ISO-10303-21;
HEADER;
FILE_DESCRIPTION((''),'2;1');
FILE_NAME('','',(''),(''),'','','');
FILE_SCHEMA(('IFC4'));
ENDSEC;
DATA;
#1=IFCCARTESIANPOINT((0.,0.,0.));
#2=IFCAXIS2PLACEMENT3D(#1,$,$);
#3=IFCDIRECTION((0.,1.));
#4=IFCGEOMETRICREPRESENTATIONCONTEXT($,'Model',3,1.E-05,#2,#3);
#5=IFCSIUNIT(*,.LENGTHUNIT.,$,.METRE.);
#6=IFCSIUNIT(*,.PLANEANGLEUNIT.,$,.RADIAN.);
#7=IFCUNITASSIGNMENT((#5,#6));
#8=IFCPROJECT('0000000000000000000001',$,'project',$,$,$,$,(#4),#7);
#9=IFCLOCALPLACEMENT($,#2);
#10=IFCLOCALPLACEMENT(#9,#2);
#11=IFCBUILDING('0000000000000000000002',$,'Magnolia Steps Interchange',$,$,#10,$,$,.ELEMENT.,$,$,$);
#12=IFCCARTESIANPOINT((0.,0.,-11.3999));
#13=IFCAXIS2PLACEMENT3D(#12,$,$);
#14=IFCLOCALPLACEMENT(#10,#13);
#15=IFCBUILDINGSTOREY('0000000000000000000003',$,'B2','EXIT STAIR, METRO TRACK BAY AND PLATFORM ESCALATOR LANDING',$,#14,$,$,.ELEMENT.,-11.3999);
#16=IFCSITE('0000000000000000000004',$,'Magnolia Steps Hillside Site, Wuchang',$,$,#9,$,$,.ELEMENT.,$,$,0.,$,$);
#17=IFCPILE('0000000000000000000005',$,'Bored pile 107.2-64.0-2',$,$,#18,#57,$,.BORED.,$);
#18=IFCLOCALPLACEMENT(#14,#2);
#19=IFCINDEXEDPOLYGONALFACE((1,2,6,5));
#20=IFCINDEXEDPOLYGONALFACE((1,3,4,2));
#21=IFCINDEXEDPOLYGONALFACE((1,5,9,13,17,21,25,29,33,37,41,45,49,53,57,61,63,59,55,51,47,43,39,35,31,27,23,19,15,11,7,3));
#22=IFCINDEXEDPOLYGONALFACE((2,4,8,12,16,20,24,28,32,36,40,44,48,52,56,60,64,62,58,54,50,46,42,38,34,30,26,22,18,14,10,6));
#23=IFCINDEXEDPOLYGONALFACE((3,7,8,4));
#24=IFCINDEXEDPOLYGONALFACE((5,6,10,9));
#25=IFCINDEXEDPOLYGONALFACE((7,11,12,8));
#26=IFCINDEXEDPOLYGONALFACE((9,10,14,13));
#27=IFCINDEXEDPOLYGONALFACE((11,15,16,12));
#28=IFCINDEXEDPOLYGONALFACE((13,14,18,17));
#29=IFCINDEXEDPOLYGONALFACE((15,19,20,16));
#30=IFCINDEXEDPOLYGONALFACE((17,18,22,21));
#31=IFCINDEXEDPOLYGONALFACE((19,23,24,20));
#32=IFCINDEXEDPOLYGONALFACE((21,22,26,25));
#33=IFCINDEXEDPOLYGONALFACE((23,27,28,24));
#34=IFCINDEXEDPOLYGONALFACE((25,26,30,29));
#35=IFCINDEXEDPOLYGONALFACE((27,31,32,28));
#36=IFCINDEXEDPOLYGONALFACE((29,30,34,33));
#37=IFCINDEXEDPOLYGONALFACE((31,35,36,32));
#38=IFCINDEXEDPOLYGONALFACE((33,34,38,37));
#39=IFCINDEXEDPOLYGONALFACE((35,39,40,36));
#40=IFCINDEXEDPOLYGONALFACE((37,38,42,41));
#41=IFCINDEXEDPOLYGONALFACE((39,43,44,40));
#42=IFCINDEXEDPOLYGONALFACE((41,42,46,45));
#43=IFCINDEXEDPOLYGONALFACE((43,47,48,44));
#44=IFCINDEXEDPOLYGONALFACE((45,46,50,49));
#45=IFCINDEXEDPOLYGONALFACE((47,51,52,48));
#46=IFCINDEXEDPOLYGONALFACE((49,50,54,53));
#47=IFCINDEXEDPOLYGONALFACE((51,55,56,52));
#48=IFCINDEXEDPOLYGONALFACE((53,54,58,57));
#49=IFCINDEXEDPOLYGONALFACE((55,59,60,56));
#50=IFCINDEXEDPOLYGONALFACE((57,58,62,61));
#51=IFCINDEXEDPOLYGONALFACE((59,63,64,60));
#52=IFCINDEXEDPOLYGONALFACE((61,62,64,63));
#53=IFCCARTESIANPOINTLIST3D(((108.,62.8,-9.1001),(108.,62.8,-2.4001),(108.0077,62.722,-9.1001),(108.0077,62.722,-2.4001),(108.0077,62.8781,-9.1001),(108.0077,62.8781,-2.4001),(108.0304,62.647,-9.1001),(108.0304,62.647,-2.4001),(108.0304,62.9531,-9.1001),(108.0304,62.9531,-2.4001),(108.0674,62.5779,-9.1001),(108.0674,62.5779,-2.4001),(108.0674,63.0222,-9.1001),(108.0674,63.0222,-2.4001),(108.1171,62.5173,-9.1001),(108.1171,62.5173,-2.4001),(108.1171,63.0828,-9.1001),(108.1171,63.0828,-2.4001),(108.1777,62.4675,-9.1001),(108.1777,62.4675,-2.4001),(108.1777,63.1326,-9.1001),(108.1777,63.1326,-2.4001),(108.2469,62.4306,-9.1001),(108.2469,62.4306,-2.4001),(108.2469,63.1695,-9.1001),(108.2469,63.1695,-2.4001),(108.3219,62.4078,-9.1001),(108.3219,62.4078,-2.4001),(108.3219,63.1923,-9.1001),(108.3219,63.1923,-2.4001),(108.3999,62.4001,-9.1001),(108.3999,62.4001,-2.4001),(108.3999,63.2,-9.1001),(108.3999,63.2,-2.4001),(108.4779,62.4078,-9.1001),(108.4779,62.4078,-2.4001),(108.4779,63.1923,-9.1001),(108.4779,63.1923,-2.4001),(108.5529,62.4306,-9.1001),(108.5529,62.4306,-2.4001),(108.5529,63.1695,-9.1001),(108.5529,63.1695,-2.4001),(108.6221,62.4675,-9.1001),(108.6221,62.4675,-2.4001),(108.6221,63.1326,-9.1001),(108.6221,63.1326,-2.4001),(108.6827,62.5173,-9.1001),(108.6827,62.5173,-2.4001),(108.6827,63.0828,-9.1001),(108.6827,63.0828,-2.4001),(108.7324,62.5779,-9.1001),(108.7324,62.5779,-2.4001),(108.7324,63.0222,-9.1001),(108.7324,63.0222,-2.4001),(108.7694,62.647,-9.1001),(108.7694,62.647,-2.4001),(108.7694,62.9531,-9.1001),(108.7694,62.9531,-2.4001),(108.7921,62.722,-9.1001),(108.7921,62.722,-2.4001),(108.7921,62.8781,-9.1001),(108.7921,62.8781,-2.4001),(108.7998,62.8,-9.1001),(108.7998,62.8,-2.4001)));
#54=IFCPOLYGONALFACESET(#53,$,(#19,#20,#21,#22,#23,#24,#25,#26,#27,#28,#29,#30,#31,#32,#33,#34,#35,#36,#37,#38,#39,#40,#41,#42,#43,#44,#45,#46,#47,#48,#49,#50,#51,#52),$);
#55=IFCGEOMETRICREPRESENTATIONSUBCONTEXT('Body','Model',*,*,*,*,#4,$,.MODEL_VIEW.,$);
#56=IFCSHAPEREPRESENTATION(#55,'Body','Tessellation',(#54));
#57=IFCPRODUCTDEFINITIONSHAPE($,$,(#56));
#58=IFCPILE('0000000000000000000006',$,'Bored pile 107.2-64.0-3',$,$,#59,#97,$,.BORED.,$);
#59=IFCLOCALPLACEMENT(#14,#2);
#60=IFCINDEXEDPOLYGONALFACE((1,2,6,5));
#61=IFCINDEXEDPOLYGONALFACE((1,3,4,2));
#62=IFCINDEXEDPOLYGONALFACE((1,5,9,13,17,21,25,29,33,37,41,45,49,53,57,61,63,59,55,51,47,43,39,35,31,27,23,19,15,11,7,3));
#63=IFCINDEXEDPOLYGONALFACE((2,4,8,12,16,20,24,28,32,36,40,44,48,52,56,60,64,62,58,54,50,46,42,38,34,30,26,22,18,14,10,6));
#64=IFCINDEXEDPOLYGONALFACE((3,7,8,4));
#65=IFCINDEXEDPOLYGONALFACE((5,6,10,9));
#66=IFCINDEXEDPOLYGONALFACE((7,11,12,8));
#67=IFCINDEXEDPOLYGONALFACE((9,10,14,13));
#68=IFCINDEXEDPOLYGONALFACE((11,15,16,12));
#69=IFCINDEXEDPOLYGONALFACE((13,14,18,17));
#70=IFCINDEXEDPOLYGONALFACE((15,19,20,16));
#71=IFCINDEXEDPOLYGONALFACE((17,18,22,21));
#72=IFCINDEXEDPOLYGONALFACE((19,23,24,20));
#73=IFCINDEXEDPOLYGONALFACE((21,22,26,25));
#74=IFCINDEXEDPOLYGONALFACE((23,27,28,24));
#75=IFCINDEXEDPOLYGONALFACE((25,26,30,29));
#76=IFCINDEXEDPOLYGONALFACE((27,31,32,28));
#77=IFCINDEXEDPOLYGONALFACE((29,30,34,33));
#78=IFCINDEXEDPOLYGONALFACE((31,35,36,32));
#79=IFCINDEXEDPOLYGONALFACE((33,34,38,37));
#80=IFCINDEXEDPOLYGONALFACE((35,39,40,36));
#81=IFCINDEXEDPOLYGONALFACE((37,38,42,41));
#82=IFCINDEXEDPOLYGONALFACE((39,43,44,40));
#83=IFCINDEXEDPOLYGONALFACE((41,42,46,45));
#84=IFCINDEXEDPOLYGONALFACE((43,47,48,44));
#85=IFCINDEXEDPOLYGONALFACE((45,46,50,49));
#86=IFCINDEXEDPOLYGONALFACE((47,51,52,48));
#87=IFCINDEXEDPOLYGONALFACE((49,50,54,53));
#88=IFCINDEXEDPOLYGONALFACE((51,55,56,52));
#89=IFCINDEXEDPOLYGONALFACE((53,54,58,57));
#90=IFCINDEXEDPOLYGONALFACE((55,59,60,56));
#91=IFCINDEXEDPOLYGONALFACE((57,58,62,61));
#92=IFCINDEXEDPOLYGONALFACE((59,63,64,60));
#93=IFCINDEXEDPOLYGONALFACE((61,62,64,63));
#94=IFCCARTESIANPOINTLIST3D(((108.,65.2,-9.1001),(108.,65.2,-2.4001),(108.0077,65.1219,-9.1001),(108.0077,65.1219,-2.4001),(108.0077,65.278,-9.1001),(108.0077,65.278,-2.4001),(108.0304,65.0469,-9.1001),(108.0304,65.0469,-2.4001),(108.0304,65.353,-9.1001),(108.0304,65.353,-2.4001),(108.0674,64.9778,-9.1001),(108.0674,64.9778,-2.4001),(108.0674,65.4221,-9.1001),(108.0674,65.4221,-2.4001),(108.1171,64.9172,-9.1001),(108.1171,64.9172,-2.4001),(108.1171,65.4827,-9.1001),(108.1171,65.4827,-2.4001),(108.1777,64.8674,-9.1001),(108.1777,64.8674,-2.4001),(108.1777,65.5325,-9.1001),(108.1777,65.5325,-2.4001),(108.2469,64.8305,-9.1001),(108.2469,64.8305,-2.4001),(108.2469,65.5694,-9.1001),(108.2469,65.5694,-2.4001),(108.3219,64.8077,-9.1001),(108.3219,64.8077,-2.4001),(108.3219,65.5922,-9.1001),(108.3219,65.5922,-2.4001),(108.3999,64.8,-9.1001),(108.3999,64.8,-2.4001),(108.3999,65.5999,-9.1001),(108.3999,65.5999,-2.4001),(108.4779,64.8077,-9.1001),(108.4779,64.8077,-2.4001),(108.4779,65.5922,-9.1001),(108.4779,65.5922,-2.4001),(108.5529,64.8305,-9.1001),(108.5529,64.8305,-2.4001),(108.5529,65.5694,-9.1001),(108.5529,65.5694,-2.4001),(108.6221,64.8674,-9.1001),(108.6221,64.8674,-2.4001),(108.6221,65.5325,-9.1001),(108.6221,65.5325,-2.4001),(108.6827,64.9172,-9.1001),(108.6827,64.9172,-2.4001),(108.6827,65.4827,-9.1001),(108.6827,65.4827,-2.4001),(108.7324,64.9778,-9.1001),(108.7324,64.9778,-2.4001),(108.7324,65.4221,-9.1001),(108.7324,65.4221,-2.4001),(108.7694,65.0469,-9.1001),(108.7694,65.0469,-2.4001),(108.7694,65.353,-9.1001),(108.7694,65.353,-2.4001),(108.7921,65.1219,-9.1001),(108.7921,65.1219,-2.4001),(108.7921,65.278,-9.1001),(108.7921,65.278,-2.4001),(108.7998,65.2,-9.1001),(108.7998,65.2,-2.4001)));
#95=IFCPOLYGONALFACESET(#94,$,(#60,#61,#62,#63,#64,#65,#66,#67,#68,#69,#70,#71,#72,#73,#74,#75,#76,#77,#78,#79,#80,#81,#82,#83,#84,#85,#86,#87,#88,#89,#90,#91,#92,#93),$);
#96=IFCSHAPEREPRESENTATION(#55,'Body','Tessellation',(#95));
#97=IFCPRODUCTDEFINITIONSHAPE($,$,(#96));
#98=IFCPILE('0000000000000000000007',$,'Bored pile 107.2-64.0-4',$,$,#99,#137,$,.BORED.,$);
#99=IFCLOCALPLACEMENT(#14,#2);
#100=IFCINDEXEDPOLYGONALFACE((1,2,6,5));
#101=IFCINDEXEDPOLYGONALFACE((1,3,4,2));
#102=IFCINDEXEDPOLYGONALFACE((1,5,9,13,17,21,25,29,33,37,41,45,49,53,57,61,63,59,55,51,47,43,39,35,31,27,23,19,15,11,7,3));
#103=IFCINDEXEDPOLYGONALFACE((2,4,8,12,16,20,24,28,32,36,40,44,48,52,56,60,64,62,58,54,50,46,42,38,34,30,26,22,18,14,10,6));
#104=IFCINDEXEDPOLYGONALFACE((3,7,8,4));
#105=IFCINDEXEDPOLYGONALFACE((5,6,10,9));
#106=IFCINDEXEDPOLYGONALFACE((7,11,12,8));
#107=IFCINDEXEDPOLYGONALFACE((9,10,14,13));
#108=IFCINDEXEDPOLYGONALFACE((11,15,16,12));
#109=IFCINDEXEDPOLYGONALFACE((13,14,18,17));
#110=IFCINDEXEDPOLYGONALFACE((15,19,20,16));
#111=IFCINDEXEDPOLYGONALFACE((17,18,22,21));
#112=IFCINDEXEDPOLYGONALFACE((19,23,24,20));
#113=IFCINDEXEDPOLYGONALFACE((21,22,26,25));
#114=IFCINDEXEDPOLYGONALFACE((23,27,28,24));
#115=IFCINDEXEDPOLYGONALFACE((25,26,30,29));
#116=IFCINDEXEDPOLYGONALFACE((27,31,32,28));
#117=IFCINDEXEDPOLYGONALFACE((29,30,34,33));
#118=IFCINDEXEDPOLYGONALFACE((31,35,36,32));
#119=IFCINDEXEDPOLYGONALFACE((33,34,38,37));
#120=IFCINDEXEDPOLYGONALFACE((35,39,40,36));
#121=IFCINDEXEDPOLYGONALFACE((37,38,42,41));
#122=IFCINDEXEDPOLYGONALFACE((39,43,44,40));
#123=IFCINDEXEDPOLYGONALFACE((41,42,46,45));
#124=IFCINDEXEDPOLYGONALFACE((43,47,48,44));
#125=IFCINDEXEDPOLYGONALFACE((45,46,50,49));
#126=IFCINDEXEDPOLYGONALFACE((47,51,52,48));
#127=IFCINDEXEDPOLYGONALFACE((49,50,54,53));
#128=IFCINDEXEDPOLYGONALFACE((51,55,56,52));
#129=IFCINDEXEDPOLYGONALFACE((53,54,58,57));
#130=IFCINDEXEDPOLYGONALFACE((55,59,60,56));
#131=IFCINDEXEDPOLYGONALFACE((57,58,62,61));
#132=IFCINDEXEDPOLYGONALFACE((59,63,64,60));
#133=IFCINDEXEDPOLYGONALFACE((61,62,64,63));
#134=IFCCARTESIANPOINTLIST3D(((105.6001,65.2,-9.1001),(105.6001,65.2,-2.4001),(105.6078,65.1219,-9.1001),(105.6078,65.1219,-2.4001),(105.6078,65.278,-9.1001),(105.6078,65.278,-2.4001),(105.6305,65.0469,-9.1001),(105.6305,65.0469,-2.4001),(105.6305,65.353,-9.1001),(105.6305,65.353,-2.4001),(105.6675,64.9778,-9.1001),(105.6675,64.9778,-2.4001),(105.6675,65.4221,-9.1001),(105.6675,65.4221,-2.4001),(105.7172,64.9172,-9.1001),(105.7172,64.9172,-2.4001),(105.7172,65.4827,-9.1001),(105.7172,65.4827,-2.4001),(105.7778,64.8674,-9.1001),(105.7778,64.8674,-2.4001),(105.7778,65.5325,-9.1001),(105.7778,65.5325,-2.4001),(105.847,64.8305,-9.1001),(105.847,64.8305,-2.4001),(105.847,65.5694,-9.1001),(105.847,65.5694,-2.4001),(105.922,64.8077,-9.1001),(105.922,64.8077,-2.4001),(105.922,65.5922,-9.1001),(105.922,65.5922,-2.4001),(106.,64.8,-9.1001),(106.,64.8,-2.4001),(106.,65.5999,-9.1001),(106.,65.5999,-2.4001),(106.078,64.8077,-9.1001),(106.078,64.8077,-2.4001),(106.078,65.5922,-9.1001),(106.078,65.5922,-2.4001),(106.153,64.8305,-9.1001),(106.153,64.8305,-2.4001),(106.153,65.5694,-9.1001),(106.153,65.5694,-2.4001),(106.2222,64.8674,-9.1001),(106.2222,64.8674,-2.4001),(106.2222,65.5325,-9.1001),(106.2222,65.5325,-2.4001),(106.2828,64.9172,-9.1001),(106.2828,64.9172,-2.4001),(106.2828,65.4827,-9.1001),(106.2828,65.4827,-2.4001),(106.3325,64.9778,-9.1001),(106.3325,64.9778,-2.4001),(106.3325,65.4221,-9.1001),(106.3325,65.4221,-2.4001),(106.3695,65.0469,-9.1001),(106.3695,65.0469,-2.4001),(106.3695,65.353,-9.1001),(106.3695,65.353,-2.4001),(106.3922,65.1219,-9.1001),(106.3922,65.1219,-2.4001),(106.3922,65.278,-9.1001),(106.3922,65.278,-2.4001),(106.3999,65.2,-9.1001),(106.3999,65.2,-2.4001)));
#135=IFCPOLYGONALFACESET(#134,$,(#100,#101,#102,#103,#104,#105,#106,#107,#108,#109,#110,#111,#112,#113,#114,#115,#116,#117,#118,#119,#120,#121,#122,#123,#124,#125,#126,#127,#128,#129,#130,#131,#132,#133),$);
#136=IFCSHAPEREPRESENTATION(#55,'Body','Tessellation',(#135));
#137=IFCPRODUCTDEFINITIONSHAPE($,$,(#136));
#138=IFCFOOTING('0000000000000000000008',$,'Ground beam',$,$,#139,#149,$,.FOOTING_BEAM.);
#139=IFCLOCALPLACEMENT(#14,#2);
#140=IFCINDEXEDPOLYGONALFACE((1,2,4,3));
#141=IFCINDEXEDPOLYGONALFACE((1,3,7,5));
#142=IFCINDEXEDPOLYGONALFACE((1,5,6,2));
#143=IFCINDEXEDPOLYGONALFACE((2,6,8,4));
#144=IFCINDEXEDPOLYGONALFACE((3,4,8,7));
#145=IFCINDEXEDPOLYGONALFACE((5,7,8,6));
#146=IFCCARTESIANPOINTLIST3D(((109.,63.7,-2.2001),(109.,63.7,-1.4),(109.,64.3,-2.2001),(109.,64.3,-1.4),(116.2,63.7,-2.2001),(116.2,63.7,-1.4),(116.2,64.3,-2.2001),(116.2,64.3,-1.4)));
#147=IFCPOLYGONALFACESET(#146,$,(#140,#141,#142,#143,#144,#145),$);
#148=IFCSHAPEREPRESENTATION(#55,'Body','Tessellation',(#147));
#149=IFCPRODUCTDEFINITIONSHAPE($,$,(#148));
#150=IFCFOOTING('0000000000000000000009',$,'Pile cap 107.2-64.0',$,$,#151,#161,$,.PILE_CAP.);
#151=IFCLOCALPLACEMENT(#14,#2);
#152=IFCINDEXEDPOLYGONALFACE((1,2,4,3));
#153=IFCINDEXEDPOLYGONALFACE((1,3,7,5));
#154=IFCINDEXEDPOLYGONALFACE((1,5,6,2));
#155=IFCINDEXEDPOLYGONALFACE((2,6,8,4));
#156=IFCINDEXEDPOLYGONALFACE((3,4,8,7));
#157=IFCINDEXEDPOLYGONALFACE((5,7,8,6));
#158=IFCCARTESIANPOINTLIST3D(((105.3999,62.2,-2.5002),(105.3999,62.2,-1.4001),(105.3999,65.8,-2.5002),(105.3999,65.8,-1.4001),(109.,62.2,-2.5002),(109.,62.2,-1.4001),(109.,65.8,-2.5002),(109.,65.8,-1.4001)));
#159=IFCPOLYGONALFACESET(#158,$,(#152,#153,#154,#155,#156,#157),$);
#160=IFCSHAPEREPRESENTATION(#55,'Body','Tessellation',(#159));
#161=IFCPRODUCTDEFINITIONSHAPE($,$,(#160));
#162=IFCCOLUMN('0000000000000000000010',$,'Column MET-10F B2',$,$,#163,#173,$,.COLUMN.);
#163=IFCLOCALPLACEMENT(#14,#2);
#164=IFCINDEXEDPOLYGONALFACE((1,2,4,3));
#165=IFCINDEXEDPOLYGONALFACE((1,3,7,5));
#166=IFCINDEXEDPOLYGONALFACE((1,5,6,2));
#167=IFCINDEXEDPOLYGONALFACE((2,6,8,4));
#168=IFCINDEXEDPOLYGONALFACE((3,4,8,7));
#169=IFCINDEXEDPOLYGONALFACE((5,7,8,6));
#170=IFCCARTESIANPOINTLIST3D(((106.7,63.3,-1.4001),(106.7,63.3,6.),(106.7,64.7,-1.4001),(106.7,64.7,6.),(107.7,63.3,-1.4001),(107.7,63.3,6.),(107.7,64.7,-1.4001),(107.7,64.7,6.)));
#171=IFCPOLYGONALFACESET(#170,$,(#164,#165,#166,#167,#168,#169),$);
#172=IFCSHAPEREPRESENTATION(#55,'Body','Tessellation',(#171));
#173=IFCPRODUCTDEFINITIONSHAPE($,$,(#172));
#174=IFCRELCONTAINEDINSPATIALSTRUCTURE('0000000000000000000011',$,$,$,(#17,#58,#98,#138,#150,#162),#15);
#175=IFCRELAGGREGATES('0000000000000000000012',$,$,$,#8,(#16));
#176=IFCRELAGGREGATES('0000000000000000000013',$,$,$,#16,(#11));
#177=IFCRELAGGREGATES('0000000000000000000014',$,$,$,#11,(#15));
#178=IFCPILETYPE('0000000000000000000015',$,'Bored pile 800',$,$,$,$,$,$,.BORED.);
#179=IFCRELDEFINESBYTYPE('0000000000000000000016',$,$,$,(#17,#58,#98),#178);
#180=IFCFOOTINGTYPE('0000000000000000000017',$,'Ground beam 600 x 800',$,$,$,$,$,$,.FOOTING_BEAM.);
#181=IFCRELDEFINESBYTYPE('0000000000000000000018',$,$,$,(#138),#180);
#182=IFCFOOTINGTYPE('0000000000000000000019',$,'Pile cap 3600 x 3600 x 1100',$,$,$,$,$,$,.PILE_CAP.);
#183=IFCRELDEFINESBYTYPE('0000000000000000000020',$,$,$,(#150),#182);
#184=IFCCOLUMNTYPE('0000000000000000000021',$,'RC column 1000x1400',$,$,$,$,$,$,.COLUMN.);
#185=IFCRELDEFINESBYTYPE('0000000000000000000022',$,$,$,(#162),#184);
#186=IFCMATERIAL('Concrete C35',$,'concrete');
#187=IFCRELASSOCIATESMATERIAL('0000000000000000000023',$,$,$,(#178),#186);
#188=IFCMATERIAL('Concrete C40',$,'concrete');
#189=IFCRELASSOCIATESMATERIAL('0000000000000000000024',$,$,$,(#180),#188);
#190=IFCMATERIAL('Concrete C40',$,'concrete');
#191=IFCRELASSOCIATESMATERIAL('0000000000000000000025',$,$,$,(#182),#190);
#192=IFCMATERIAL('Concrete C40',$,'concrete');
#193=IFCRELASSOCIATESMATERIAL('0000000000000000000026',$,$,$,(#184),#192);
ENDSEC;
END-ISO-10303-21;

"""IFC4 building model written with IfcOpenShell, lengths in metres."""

from ifc_helpers import new_model, si_unit, direction, frame, origin, origin_2d, place, context, subcontext, project, spatial, rectangle, circle, extrude, material, material_profile, profile_set, type_object, element, save


model = new_model("IFC4")

# Units and contexts
model_context = context("Model", 3, precision=1e-05, world=origin(), true_north=direction((0.0, 1.0)))
body_context = subcontext(model_context, "Body", "Model", "MODEL_VIEW")
ifc_project = project(units=[si_unit("LENGTHUNIT", "METRE"), si_unit("PLANEANGLEUNIT", "RADIAN")], contexts=[model_context])

# Site, building, storey
site_placement = place(None, origin())
site = spatial("IfcSite", under=ifc_project, at=site_placement, Name="Magnolia Steps Hillside Site, Wuchang", CompositionType="ELEMENT", RefElevation=0.0)
building_placement = place(site_placement, origin())
building = spatial("IfcBuilding", under=site, at=building_placement, Name="Magnolia Steps Interchange", CompositionType="ELEMENT")
storey_placement = place(building_placement, frame((0.0, 0.0, -11.3999)))
storey = spatial("IfcBuildingStorey", under=building, at=storey_placement, Name="B2", Description="EXIT STAIR, METRO TRACK BAY AND PLATFORM ESCALATOR LANDING", CompositionType="ELEMENT", Elevation=-11.3999)

# Piles
ifc_material_1 = material(Name="Concrete C35", Category="concrete")
ifc_material_profile_1 = material_profile(ifc_material_1, circle(Radius=0.3999, at=origin_2d()), Name="Bored pile 800")
ifc_profile_set_1 = profile_set([ifc_material_profile_1], Name="Concrete C35")
pile_type_1 = type_object("IfcPileType", Name="Bored pile 800", PredefinedType="BORED", material=ifc_profile_set_1)
for number, where, z_axis, x_axis, name in (
    (1, (108.3999, 62.8, -2.4001), (0.0, 0.0, -1.0), (1.0, 0.0, 0.0), "Bored pile 107.2-64.0-2"),
    (2, (108.3999, 65.2, -2.4001), (0.0, 0.0, -1.0), (1.0, 0.0, 0.0), "Bored pile 107.2-64.0-3"),
    (3, (106.0, 65.2, -2.4001), (0.0, 0.0, -1.0), (1.0, 0.0, 0.0), "Bored pile 107.2-64.0-4"),
):
    element("IfcPile", number, at=place(storey_placement, frame(where, z_axis=z_axis, x_axis=x_axis)), inside=storey, type_object=pile_type_1, Name=name, PredefinedType="BORED", context=body_context, shape_type="SweptSolid", body=[
        extrude(circle(Radius=0.3999, at=origin_2d()), origin(), (0.0, 0.0, 1.0), 6.7),
    ])

# Footings
ifc_material_2 = material(Name="Concrete C40", Category="concrete")
ifc_material_profile_2 = material_profile(ifc_material_2, rectangle(XDim=0.6001, YDim=0.8, at=origin_2d()), Name="RC600x800")
ifc_profile_set_2 = profile_set([ifc_material_profile_2], Name="Concrete C40")
footing_type_1 = type_object("IfcFootingType", Name="Ground beam 600 x 800", PredefinedType="FOOTING_BEAM", material=ifc_profile_set_2)
footing_1_placement = place(storey_placement, frame((109.0, 64.0, -1.8), z_axis=(1.0, 0.0, 0.0), x_axis=(0.0, 1.0, 0.0)))
element("IfcFooting", 4, at=footing_1_placement, inside=storey, type_object=footing_type_1, Name="Ground beam", PredefinedType="FOOTING_BEAM", context=body_context, shape_type="SweptSolid", body=[
    extrude(rectangle(XDim=0.6001, YDim=0.8, at=origin_2d()), origin(), (0.0, 0.0, 1.0), 7.2),
])
ifc_material_3 = material(Name="Concrete C40", Category="concrete")
footing_type_2 = type_object("IfcFootingType", Name="Pile cap 3600 x 3600 x 1100", PredefinedType="PILE_CAP", material=ifc_material_3)
footing_2_placement = place(storey_placement, frame((107.2, 64.0, -2.5002), z_axis=(0.0, 0.0, 1.0), x_axis=(1.0, 0.0, 0.0)))
element("IfcFooting", 5, at=footing_2_placement, inside=storey, type_object=footing_type_2, Name="Pile cap 107.2-64.0", PredefinedType="PILE_CAP", context=body_context, shape_type="SweptSolid", body=[
    extrude(rectangle(XDim=3.6001, YDim=3.6001, at=origin_2d()), origin(), (0.0, 0.0, 1.0), 1.1001),
])

# Column
ifc_material_4 = material(Name="Concrete C40", Category="concrete")
ifc_material_profile_3 = material_profile(ifc_material_4, rectangle(XDim=1.0, YDim=1.3999, at=origin_2d()), Name="RC1000x1400")
ifc_profile_set_3 = profile_set([ifc_material_profile_3], Name="Concrete C40")
column_type = type_object("IfcColumnType", Name="RC column 1000x1400", PredefinedType="COLUMN", material=ifc_profile_set_3)
column_placement = place(storey_placement, frame((107.2, 64.0, -1.4001), z_axis=(0.0, 0.0, 1.0), x_axis=(1.0, 0.0, 0.0)))
element("IfcColumn", 6, at=column_placement, inside=storey, type_object=column_type, Name="Column MET-10F B2", PredefinedType="COLUMN", context=body_context, shape_type="SweptSolid", body=[
    extrude(rectangle(XDim=1.0, YDim=1.3999, at=origin_2d()), origin(), (0.0, 0.0, 1.0), 7.4001),
])

save(model, "model.ifc")
